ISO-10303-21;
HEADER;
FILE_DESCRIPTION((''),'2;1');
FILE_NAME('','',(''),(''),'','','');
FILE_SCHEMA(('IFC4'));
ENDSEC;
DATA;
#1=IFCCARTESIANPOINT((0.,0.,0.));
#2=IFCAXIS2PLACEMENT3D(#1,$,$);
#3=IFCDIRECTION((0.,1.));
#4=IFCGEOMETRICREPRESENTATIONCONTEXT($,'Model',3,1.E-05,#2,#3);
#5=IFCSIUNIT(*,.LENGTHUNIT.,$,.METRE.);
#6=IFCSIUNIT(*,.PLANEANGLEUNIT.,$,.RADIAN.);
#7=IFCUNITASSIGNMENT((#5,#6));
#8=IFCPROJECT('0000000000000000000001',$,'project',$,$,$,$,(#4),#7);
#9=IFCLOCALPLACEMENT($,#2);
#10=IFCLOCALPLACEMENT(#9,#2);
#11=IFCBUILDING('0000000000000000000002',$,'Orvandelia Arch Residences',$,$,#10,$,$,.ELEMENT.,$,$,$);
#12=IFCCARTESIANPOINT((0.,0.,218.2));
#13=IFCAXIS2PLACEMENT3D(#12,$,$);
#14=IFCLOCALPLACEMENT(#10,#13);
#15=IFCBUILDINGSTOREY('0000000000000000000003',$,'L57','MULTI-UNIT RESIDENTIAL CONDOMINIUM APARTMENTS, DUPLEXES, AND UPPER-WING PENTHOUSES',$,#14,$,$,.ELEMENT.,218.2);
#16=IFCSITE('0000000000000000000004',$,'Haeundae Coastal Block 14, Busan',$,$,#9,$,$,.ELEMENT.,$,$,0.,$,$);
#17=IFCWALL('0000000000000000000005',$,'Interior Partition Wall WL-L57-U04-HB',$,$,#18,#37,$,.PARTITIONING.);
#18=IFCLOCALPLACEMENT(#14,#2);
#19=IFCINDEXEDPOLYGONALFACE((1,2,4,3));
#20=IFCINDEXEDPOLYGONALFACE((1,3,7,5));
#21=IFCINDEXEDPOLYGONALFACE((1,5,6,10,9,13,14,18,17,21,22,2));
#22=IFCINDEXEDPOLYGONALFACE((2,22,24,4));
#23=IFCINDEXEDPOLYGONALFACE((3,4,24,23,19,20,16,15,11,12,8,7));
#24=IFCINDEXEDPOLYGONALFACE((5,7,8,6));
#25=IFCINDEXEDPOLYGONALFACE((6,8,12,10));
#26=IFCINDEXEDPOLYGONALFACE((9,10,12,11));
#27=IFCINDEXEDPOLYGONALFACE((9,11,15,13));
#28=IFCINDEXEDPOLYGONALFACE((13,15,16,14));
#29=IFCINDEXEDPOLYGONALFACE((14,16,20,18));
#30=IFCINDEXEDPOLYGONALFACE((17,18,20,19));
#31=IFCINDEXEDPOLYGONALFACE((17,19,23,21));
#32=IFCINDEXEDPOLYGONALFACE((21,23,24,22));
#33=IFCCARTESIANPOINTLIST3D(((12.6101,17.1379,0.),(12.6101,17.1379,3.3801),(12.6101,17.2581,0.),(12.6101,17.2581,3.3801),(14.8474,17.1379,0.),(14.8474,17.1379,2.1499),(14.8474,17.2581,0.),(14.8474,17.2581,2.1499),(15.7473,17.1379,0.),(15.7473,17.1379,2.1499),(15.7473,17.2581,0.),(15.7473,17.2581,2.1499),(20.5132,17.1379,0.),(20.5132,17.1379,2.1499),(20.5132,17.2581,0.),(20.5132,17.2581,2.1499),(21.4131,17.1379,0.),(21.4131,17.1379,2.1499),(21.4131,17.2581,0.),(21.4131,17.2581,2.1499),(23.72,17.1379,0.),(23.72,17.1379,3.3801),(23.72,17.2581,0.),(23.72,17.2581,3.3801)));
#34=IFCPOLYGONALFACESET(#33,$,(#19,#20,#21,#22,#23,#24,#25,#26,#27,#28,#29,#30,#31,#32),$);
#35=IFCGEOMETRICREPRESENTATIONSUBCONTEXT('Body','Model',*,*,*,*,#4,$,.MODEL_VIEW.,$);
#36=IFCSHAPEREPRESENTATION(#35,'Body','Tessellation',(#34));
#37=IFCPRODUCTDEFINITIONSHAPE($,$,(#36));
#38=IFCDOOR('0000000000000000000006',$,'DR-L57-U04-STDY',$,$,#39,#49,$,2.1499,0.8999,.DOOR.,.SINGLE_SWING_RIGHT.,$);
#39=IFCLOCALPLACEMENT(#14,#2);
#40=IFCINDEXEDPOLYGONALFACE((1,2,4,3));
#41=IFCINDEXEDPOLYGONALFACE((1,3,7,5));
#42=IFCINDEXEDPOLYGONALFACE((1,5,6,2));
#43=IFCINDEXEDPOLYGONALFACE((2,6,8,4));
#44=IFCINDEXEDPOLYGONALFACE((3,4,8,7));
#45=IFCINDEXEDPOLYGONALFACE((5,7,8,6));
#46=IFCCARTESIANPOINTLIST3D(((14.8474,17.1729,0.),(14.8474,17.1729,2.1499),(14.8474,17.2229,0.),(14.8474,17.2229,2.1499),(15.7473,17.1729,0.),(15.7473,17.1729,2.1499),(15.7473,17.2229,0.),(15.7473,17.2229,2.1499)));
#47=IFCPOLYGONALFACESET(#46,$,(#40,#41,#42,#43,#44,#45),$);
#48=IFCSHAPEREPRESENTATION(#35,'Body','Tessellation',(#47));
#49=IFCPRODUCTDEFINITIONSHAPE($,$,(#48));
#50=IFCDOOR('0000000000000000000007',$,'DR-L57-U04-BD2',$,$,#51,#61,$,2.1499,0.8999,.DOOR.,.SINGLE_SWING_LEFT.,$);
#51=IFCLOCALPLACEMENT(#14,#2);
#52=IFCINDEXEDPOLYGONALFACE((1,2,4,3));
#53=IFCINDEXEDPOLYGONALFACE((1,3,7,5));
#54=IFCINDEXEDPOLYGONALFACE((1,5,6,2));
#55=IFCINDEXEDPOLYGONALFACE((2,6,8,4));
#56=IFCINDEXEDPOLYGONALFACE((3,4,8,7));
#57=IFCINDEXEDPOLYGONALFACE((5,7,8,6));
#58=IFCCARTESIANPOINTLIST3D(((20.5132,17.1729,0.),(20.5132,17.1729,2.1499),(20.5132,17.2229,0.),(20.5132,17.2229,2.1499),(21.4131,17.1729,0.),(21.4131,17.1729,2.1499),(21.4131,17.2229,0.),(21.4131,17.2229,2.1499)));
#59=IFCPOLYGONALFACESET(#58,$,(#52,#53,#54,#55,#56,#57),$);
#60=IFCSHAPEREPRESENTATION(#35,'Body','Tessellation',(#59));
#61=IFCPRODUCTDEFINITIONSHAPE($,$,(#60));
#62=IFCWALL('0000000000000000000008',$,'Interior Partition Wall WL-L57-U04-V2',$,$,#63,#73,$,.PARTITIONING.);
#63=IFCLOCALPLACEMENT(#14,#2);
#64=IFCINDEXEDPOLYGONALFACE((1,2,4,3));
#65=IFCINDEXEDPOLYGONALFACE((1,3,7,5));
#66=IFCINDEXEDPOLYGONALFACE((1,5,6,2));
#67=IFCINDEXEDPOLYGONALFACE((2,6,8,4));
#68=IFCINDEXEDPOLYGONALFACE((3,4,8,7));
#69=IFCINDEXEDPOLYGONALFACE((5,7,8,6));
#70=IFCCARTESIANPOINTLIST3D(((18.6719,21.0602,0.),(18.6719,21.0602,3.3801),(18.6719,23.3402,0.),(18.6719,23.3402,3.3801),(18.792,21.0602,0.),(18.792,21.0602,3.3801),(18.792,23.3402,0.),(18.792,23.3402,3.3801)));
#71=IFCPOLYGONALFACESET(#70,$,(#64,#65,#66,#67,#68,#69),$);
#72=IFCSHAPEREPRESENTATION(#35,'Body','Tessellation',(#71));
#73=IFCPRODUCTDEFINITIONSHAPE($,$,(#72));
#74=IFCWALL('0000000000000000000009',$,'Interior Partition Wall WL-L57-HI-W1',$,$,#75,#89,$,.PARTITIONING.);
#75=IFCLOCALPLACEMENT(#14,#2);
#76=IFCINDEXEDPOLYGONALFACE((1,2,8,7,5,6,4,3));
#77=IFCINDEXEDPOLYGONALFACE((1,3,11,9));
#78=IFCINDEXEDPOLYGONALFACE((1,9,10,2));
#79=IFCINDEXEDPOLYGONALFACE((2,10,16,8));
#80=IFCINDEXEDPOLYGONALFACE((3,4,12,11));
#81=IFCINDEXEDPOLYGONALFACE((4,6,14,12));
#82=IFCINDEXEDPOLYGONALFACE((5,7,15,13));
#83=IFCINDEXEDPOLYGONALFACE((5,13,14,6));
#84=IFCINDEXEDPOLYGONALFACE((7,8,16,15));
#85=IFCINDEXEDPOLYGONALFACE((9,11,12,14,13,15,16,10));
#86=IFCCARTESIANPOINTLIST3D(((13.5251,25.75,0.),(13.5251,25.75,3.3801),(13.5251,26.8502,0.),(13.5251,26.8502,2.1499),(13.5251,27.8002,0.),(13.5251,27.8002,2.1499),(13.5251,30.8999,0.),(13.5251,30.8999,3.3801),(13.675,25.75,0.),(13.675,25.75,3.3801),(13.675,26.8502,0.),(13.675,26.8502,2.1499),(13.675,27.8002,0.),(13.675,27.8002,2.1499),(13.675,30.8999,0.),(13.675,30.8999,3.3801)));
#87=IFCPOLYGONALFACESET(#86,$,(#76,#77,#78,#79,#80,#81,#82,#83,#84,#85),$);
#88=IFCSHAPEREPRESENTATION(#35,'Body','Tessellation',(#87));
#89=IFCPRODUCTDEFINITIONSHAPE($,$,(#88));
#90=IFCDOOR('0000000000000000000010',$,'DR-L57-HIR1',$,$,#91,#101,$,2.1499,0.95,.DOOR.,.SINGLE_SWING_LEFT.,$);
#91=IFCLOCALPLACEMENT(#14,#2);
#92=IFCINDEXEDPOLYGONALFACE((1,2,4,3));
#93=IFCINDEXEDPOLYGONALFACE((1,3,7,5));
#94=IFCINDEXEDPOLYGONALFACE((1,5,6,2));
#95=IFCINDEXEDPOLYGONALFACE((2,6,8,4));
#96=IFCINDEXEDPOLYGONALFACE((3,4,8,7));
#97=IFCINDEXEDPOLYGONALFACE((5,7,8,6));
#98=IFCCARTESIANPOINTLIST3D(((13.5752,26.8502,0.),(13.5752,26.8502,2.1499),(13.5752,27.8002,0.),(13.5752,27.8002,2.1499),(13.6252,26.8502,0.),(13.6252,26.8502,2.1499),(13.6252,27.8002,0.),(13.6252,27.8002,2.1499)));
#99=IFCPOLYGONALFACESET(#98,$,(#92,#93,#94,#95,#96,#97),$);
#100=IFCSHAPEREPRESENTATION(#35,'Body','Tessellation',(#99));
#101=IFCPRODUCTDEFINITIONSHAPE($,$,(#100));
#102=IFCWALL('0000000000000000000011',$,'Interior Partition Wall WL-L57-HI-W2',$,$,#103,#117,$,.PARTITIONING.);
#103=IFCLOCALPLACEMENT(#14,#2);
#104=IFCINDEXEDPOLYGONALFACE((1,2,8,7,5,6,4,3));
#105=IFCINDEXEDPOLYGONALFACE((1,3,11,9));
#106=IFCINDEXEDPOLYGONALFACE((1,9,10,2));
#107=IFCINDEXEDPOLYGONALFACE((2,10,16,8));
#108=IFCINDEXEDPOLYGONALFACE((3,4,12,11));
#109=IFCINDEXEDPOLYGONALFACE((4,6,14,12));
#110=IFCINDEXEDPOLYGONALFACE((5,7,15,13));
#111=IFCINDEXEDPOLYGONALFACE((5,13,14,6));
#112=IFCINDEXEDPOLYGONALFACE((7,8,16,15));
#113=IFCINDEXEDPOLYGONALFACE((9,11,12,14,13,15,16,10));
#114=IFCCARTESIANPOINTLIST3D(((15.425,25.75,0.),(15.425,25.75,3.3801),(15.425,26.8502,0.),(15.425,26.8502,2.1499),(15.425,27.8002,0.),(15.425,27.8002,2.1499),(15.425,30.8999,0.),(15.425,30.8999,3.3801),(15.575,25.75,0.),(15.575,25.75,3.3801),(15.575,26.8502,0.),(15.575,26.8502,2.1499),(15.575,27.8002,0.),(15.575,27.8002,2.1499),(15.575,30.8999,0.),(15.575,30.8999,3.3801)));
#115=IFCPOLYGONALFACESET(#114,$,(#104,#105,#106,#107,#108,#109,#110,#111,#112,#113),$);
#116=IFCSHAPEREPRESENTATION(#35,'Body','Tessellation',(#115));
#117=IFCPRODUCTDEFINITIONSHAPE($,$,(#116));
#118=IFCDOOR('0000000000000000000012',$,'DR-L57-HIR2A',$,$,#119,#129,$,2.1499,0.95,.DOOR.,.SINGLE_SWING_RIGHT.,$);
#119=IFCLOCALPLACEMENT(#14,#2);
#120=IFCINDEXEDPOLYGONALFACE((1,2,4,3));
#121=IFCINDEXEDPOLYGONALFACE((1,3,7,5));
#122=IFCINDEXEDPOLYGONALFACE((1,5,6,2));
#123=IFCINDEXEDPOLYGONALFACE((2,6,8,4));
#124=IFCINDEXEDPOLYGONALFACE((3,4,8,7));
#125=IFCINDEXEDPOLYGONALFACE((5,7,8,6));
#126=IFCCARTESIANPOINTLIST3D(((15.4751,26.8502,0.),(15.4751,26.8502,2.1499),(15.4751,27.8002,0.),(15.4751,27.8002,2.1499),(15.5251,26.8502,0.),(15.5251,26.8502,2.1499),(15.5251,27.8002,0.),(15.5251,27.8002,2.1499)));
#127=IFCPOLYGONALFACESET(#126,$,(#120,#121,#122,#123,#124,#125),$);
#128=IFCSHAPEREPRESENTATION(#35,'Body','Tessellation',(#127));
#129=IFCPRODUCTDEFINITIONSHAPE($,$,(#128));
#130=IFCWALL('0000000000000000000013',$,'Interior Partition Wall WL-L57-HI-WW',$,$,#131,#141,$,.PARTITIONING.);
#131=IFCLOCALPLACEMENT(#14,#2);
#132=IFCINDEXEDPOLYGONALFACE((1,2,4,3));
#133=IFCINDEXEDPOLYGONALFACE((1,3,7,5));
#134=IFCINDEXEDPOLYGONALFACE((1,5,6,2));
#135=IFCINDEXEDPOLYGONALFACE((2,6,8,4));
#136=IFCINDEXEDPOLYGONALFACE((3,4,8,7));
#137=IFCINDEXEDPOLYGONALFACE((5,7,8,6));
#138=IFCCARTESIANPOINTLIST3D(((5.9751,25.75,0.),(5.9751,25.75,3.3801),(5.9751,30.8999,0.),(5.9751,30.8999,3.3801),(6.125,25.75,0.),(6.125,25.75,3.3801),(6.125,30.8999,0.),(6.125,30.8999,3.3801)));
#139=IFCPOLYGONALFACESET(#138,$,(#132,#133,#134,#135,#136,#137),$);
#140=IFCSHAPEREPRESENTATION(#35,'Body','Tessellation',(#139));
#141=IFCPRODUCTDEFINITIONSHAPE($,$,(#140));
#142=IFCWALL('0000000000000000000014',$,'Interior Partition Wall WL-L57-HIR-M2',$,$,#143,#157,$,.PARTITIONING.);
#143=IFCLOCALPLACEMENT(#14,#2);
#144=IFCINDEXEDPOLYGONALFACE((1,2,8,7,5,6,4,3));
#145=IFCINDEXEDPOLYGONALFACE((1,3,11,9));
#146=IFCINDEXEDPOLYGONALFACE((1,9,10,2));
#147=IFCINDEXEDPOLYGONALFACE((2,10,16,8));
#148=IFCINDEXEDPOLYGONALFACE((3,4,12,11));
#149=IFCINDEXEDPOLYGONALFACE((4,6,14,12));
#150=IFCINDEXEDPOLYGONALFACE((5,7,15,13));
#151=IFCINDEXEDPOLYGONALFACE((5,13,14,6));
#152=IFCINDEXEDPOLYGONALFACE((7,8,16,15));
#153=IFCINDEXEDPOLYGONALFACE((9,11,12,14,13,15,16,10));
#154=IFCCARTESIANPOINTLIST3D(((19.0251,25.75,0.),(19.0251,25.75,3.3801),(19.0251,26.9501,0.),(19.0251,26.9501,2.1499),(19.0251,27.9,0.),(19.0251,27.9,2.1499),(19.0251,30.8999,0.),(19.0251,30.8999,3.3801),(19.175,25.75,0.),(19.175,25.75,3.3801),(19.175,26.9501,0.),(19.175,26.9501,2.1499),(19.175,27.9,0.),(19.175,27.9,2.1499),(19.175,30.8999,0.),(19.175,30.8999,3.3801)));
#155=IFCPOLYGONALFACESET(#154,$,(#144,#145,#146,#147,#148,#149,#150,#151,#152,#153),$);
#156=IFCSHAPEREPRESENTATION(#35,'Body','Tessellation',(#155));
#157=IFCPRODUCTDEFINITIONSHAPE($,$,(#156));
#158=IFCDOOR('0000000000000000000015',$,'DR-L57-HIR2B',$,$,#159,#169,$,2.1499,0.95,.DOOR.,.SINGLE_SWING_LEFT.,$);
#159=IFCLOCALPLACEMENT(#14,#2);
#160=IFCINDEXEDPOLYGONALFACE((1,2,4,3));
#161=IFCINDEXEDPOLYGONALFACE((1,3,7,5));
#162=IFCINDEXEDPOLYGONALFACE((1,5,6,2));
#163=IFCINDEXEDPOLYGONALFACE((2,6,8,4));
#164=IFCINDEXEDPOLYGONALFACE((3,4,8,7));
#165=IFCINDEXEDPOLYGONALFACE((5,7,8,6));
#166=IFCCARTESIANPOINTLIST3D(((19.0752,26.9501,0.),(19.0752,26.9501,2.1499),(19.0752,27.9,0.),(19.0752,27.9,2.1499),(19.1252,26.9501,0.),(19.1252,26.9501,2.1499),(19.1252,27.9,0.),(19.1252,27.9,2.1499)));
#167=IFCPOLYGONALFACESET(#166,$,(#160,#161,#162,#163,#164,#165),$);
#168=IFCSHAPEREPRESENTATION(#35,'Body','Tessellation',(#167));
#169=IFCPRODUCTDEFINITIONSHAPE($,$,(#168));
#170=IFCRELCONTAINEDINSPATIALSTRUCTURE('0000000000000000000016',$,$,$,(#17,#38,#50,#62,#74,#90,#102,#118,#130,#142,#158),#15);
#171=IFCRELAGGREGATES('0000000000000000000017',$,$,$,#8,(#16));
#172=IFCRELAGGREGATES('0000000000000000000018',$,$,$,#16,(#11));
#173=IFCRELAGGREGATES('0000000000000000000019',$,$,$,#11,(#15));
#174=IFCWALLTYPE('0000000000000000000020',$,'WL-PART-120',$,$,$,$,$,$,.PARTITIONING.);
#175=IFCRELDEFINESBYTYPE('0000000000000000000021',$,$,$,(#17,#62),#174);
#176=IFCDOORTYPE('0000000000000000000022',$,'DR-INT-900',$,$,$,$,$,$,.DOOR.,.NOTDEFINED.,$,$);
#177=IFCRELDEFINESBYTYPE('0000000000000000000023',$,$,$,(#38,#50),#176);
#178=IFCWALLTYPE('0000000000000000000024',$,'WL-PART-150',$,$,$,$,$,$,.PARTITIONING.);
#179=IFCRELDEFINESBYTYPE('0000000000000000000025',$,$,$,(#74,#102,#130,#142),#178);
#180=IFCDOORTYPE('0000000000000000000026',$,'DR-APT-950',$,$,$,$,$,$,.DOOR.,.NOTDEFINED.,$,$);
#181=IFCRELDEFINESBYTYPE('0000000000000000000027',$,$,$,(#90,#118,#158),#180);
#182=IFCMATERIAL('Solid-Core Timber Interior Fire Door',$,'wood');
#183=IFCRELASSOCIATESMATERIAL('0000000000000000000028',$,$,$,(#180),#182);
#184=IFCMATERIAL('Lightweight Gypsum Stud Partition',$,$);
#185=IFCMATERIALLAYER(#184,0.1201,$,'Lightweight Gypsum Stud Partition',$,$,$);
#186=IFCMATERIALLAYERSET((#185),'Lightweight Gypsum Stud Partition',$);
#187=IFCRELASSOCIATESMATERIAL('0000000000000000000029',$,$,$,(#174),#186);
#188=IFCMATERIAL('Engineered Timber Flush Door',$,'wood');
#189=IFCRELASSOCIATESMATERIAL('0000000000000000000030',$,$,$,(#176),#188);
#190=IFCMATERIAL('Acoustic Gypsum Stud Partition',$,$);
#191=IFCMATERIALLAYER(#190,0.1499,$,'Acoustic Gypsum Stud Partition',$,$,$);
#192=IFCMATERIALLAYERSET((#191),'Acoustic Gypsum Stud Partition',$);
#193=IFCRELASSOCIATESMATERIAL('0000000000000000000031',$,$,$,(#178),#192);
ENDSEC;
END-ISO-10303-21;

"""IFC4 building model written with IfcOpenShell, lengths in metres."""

from ifc_helpers import new_model, si_unit, direction, frame, frame_2d, origin, place, context, subcontext, project, spatial, rectangle, extrude, material, layer, layer_set, type_object, element, fill, save


model = new_model("IFC4")

# Units and contexts
model_context = context("Model", 3, precision=1e-05, world=origin(), true_north=direction((0.0, 1.0)))
body_context = subcontext(model_context, "Body", "Model", "MODEL_VIEW")
ifc_project = project(units=[si_unit("LENGTHUNIT", "METRE"), si_unit("PLANEANGLEUNIT", "RADIAN")], contexts=[model_context])

# Site, building, storey
site_placement = place(None, origin())
site = spatial("IfcSite", under=ifc_project, at=site_placement, Name="Haeundae Coastal Block 14, Busan", CompositionType="ELEMENT", RefElevation=0.0)
building_placement = place(site_placement, origin())
building = spatial("IfcBuilding", under=site, at=building_placement, Name="Orvandelia Arch Residences", CompositionType="ELEMENT")
storey_placement = place(building_placement, frame((0.0, 0.0, 218.2)))
storey = spatial("IfcBuildingStorey", under=building, at=storey_placement, Name="L57", Description="MULTI-UNIT RESIDENTIAL CONDOMINIUM APARTMENTS, DUPLEXES, AND UPPER-WING PENTHOUSES", CompositionType="ELEMENT", Elevation=218.2)

# Shared definitions
ifc_material_1 = material(Name="Solid-Core Timber Interior Fire Door", Category="wood")
door_type_1 = type_object("IfcDoorType", Name="DR-APT-950", OperationType="NOTDEFINED", PredefinedType="DOOR", material=ifc_material_1)

# Shared definitions
ifc_material_2 = material(Name="Lightweight Gypsum Stud Partition")
ifc_layer_1 = layer(ifc_material_2, 0.1201, Name="Lightweight Gypsum Stud Partition")
ifc_layer_set_1 = layer_set([ifc_layer_1], Name="Lightweight Gypsum Stud Partition")
wall_type_1 = type_object("IfcWallType", Name="WL-PART-120", PredefinedType="PARTITIONING", material=ifc_layer_set_1)

# Wall, openings, doors
wall_1_placement = place(storey_placement, frame((12.6101, 17.198, 0.0), z_axis=(0.0, 0.0, 1.0), x_axis=(1.0, 0.0, 0.0)))
wall_1 = element("IfcWall", 1, at=wall_1_placement, inside=storey, type_object=wall_type_1, Name="Interior Partition Wall WL-L57-U04-HB", PredefinedType="PARTITIONING", context=body_context, shape_type="SweptSolid", body=[
    extrude(rectangle(XDim=11.1099, YDim=0.1201, at=frame_2d((5.5549, 0.0))), origin(), (0.0, 0.0, 1.0), 3.3801),
])
opening_1_placement = place(wall_1_placement, frame((2.2373, 0.0, 0.0)))
opening_1 = element("IfcOpeningElement", 2, at=opening_1_placement, cuts=wall_1, PredefinedType="OPENING", context=body_context, shape_type="SweptSolid", body=[
    extrude(rectangle(XDim=0.8999, YDim=2.1499, at=frame_2d((0.45, 1.075))), frame((0.0, 0.0701, 0.0), z_axis=(0.0, -1.0, 0.0), x_axis=(1.0, 0.0, 0.0)), (0.0, 0.0, 1.0), 0.1401),
])
opening_2_placement = place(wall_1_placement, frame((7.9031, 0.0, 0.0)))
opening_2 = element("IfcOpeningElement", 3, at=opening_2_placement, cuts=wall_1, PredefinedType="OPENING", context=body_context, shape_type="SweptSolid", body=[
    extrude(rectangle(XDim=0.8999, YDim=2.1499, at=frame_2d((0.45, 1.075))), frame((0.0, 0.0701, 0.0), z_axis=(0.0, -1.0, 0.0), x_axis=(1.0, 0.0, 0.0)), (0.0, 0.0, 1.0), 0.1401),
])
ifc_material_3 = material(Name="Engineered Timber Flush Door", Category="wood")
door_type_2 = type_object("IfcDoorType", Name="DR-INT-900", OperationType="NOTDEFINED", PredefinedType="DOOR", material=ifc_material_3)
door_1_placement = place(opening_1_placement, origin())
door_1 = element("IfcDoor", 4, at=door_1_placement, inside=storey, type_object=door_type_2, Name="DR-L57-U04-STDY", OperationType="SINGLE_SWING_RIGHT", OverallHeight=2.1499, OverallWidth=0.8999, PredefinedType="DOOR", context=body_context, shape_type="SweptSolid", body=[
    extrude(rectangle(XDim=0.8999, YDim=2.1499, at=frame_2d((0.45, 1.075))), frame((0.0, 0.0249, 0.0), z_axis=(0.0, -1.0, 0.0), x_axis=(1.0, 0.0, 0.0)), (0.0, 0.0, 1.0), 0.05),
])
fill(opening_1, door_1)
door_2_placement = place(opening_2_placement, origin())
door_2 = element("IfcDoor", 5, at=door_2_placement, inside=storey, type_object=door_type_2, Name="DR-L57-U04-BD2", OperationType="SINGLE_SWING_LEFT", OverallHeight=2.1499, OverallWidth=0.8999, PredefinedType="DOOR", context=body_context, shape_type="SweptSolid", body=[
    extrude(rectangle(XDim=0.8999, YDim=2.1499, at=frame_2d((0.45, 1.075))), frame((0.0, 0.0249, 0.0), z_axis=(0.0, -1.0, 0.0), x_axis=(1.0, 0.0, 0.0)), (0.0, 0.0, 1.0), 0.05),
])
fill(opening_2, door_2)

# Wall
wall_2_placement = place(storey_placement, frame((18.7319, 21.0601, 0.0), z_axis=(0.0, 0.0, 1.0), x_axis=(0.0, 1.0, 0.0)))
element("IfcWall", 6, at=wall_2_placement, inside=storey, type_object=wall_type_1, Name="Interior Partition Wall WL-L57-U04-V2", PredefinedType="PARTITIONING", context=body_context, shape_type="SweptSolid", body=[
    extrude(rectangle(XDim=2.28, YDim=0.1201, at=frame_2d((1.1401, 0.0))), origin(), (0.0, 0.0, 1.0), 3.3801),
])

# Walls, openings, doors
ifc_material_4 = material(Name="Acoustic Gypsum Stud Partition")
ifc_layer_2 = layer(ifc_material_4, 0.1499, Name="Acoustic Gypsum Stud Partition")
ifc_layer_set_2 = layer_set([ifc_layer_2], Name="Acoustic Gypsum Stud Partition")
wall_type_2 = type_object("IfcWallType", Name="WL-PART-150", PredefinedType="PARTITIONING", material=ifc_layer_set_2)
wall_3_placement = place(storey_placement, frame((13.6001, 25.75, 0.0), z_axis=(0.0, 0.0, 1.0), x_axis=(0.0, 1.0, 0.0)))
wall_3 = element("IfcWall", 7, at=wall_3_placement, inside=storey, type_object=wall_type_2, Name="Interior Partition Wall WL-L57-HI-W1", PredefinedType="PARTITIONING", context=body_context, shape_type="SweptSolid", body=[
    extrude(rectangle(XDim=5.1499, YDim=0.1499, at=frame_2d((2.575, 0.0))), origin(), (0.0, 0.0, 1.0), 3.3801),
])
opening_3_placement = place(wall_3_placement, frame((1.1001, 0.0, 0.0)))
opening_3 = element("IfcOpeningElement", 8, at=opening_3_placement, cuts=wall_3, PredefinedType="OPENING", context=body_context, shape_type="SweptSolid", body=[
    extrude(rectangle(XDim=0.95, YDim=2.1499, at=frame_2d((0.4751, 1.075))), frame((0.0, 0.085, 0.0), z_axis=(0.0, -1.0, 0.0), x_axis=(1.0, 0.0, 0.0)), (0.0, 0.0, 1.0), 0.1699),
])
door_3_placement = place(opening_3_placement, origin())
door_3 = element("IfcDoor", 9, at=door_3_placement, inside=storey, type_object=door_type_1, Name="DR-L57-HIR1", OperationType="SINGLE_SWING_LEFT", OverallHeight=2.1499, OverallWidth=0.95, PredefinedType="DOOR", context=body_context, shape_type="SweptSolid", body=[
    extrude(rectangle(XDim=0.95, YDim=2.1499, at=frame_2d((0.4751, 1.075))), frame((0.0, 0.0249, 0.0), z_axis=(0.0, -1.0, 0.0), x_axis=(1.0, 0.0, 0.0)), (0.0, 0.0, 1.0), 0.05),
])
fill(opening_3, door_3)
wall_4_placement = place(storey_placement, frame((15.5, 25.75, 0.0), z_axis=(0.0, 0.0, 1.0), x_axis=(0.0, 1.0, 0.0)))
wall_4 = element("IfcWall", 10, at=wall_4_placement, inside=storey, type_object=wall_type_2, Name="Interior Partition Wall WL-L57-HI-W2", PredefinedType="PARTITIONING", context=body_context, shape_type="SweptSolid", body=[
    extrude(rectangle(XDim=5.1499, YDim=0.1499, at=frame_2d((2.575, 0.0))), origin(), (0.0, 0.0, 1.0), 3.3801),
])
opening_4_placement = place(wall_4_placement, frame((1.1001, 0.0, 0.0)))
opening_4 = element("IfcOpeningElement", 11, at=opening_4_placement, cuts=wall_4, PredefinedType="OPENING", context=body_context, shape_type="SweptSolid", body=[
    extrude(rectangle(XDim=0.95, YDim=2.1499, at=frame_2d((0.4751, 1.075))), frame((0.0, 0.085, 0.0), z_axis=(0.0, -1.0, 0.0), x_axis=(1.0, 0.0, 0.0)), (0.0, 0.0, 1.0), 0.1699),
])
door_4_placement = place(opening_4_placement, origin())
door_4 = element("IfcDoor", 12, at=door_4_placement, inside=storey, type_object=door_type_1, Name="DR-L57-HIR2A", OperationType="SINGLE_SWING_RIGHT", OverallHeight=2.1499, OverallWidth=0.95, PredefinedType="DOOR", context=body_context, shape_type="SweptSolid", body=[
    extrude(rectangle(XDim=0.95, YDim=2.1499, at=frame_2d((0.4751, 1.075))), frame((0.0, 0.0249, 0.0), z_axis=(0.0, -1.0, 0.0), x_axis=(1.0, 0.0, 0.0)), (0.0, 0.0, 1.0), 0.05),
])
fill(opening_4, door_4)

# Wall
wall_5_placement = place(storey_placement, frame((6.05, 25.75, 0.0), z_axis=(0.0, 0.0, 1.0), x_axis=(0.0, 1.0, 0.0)))
element("IfcWall", 13, at=wall_5_placement, inside=storey, type_object=wall_type_2, Name="Interior Partition Wall WL-L57-HI-WW", PredefinedType="PARTITIONING", context=body_context, shape_type="SweptSolid", body=[
    extrude(rectangle(XDim=5.1499, YDim=0.1499, at=frame_2d((2.575, 0.0))), origin(), (0.0, 0.0, 1.0), 3.3801),
])

# Wall, opening, door
wall_6_placement = place(storey_placement, frame((19.1001, 25.75, 0.0), z_axis=(0.0, 0.0, 1.0), x_axis=(0.0, 1.0, 0.0)))
wall_6 = element("IfcWall", 14, at=wall_6_placement, inside=storey, type_object=wall_type_2, Name="Interior Partition Wall WL-L57-HIR-M2", PredefinedType="PARTITIONING", context=body_context, shape_type="SweptSolid", body=[
    extrude(rectangle(XDim=5.1499, YDim=0.1499, at=frame_2d((2.575, 0.0))), origin(), (0.0, 0.0, 1.0), 3.3801),
])
opening_5_placement = place(wall_6_placement, frame((1.2, 0.0, 0.0)))
opening_5 = element("IfcOpeningElement", 15, at=opening_5_placement, cuts=wall_6, PredefinedType="OPENING", context=body_context, shape_type="SweptSolid", body=[
    extrude(rectangle(XDim=0.95, YDim=2.1499, at=frame_2d((0.4751, 1.075))), frame((0.0, 0.085, 0.0), z_axis=(0.0, -1.0, 0.0), x_axis=(1.0, 0.0, 0.0)), (0.0, 0.0, 1.0), 0.1699),
])
door_5_placement = place(opening_5_placement, origin())
door_5 = element("IfcDoor", 16, at=door_5_placement, inside=storey, type_object=door_type_1, Name="DR-L57-HIR2B", OperationType="SINGLE_SWING_LEFT", OverallHeight=2.1499, OverallWidth=0.95, PredefinedType="DOOR", context=body_context, shape_type="SweptSolid", body=[
    extrude(rectangle(XDim=0.95, YDim=2.1499, at=frame_2d((0.4751, 1.075))), frame((0.0, 0.0249, 0.0), z_axis=(0.0, -1.0, 0.0), x_axis=(1.0, 0.0, 0.0)), (0.0, 0.0, 1.0), 0.05),
])
fill(opening_5, door_5)

save(model, "model.ifc")
